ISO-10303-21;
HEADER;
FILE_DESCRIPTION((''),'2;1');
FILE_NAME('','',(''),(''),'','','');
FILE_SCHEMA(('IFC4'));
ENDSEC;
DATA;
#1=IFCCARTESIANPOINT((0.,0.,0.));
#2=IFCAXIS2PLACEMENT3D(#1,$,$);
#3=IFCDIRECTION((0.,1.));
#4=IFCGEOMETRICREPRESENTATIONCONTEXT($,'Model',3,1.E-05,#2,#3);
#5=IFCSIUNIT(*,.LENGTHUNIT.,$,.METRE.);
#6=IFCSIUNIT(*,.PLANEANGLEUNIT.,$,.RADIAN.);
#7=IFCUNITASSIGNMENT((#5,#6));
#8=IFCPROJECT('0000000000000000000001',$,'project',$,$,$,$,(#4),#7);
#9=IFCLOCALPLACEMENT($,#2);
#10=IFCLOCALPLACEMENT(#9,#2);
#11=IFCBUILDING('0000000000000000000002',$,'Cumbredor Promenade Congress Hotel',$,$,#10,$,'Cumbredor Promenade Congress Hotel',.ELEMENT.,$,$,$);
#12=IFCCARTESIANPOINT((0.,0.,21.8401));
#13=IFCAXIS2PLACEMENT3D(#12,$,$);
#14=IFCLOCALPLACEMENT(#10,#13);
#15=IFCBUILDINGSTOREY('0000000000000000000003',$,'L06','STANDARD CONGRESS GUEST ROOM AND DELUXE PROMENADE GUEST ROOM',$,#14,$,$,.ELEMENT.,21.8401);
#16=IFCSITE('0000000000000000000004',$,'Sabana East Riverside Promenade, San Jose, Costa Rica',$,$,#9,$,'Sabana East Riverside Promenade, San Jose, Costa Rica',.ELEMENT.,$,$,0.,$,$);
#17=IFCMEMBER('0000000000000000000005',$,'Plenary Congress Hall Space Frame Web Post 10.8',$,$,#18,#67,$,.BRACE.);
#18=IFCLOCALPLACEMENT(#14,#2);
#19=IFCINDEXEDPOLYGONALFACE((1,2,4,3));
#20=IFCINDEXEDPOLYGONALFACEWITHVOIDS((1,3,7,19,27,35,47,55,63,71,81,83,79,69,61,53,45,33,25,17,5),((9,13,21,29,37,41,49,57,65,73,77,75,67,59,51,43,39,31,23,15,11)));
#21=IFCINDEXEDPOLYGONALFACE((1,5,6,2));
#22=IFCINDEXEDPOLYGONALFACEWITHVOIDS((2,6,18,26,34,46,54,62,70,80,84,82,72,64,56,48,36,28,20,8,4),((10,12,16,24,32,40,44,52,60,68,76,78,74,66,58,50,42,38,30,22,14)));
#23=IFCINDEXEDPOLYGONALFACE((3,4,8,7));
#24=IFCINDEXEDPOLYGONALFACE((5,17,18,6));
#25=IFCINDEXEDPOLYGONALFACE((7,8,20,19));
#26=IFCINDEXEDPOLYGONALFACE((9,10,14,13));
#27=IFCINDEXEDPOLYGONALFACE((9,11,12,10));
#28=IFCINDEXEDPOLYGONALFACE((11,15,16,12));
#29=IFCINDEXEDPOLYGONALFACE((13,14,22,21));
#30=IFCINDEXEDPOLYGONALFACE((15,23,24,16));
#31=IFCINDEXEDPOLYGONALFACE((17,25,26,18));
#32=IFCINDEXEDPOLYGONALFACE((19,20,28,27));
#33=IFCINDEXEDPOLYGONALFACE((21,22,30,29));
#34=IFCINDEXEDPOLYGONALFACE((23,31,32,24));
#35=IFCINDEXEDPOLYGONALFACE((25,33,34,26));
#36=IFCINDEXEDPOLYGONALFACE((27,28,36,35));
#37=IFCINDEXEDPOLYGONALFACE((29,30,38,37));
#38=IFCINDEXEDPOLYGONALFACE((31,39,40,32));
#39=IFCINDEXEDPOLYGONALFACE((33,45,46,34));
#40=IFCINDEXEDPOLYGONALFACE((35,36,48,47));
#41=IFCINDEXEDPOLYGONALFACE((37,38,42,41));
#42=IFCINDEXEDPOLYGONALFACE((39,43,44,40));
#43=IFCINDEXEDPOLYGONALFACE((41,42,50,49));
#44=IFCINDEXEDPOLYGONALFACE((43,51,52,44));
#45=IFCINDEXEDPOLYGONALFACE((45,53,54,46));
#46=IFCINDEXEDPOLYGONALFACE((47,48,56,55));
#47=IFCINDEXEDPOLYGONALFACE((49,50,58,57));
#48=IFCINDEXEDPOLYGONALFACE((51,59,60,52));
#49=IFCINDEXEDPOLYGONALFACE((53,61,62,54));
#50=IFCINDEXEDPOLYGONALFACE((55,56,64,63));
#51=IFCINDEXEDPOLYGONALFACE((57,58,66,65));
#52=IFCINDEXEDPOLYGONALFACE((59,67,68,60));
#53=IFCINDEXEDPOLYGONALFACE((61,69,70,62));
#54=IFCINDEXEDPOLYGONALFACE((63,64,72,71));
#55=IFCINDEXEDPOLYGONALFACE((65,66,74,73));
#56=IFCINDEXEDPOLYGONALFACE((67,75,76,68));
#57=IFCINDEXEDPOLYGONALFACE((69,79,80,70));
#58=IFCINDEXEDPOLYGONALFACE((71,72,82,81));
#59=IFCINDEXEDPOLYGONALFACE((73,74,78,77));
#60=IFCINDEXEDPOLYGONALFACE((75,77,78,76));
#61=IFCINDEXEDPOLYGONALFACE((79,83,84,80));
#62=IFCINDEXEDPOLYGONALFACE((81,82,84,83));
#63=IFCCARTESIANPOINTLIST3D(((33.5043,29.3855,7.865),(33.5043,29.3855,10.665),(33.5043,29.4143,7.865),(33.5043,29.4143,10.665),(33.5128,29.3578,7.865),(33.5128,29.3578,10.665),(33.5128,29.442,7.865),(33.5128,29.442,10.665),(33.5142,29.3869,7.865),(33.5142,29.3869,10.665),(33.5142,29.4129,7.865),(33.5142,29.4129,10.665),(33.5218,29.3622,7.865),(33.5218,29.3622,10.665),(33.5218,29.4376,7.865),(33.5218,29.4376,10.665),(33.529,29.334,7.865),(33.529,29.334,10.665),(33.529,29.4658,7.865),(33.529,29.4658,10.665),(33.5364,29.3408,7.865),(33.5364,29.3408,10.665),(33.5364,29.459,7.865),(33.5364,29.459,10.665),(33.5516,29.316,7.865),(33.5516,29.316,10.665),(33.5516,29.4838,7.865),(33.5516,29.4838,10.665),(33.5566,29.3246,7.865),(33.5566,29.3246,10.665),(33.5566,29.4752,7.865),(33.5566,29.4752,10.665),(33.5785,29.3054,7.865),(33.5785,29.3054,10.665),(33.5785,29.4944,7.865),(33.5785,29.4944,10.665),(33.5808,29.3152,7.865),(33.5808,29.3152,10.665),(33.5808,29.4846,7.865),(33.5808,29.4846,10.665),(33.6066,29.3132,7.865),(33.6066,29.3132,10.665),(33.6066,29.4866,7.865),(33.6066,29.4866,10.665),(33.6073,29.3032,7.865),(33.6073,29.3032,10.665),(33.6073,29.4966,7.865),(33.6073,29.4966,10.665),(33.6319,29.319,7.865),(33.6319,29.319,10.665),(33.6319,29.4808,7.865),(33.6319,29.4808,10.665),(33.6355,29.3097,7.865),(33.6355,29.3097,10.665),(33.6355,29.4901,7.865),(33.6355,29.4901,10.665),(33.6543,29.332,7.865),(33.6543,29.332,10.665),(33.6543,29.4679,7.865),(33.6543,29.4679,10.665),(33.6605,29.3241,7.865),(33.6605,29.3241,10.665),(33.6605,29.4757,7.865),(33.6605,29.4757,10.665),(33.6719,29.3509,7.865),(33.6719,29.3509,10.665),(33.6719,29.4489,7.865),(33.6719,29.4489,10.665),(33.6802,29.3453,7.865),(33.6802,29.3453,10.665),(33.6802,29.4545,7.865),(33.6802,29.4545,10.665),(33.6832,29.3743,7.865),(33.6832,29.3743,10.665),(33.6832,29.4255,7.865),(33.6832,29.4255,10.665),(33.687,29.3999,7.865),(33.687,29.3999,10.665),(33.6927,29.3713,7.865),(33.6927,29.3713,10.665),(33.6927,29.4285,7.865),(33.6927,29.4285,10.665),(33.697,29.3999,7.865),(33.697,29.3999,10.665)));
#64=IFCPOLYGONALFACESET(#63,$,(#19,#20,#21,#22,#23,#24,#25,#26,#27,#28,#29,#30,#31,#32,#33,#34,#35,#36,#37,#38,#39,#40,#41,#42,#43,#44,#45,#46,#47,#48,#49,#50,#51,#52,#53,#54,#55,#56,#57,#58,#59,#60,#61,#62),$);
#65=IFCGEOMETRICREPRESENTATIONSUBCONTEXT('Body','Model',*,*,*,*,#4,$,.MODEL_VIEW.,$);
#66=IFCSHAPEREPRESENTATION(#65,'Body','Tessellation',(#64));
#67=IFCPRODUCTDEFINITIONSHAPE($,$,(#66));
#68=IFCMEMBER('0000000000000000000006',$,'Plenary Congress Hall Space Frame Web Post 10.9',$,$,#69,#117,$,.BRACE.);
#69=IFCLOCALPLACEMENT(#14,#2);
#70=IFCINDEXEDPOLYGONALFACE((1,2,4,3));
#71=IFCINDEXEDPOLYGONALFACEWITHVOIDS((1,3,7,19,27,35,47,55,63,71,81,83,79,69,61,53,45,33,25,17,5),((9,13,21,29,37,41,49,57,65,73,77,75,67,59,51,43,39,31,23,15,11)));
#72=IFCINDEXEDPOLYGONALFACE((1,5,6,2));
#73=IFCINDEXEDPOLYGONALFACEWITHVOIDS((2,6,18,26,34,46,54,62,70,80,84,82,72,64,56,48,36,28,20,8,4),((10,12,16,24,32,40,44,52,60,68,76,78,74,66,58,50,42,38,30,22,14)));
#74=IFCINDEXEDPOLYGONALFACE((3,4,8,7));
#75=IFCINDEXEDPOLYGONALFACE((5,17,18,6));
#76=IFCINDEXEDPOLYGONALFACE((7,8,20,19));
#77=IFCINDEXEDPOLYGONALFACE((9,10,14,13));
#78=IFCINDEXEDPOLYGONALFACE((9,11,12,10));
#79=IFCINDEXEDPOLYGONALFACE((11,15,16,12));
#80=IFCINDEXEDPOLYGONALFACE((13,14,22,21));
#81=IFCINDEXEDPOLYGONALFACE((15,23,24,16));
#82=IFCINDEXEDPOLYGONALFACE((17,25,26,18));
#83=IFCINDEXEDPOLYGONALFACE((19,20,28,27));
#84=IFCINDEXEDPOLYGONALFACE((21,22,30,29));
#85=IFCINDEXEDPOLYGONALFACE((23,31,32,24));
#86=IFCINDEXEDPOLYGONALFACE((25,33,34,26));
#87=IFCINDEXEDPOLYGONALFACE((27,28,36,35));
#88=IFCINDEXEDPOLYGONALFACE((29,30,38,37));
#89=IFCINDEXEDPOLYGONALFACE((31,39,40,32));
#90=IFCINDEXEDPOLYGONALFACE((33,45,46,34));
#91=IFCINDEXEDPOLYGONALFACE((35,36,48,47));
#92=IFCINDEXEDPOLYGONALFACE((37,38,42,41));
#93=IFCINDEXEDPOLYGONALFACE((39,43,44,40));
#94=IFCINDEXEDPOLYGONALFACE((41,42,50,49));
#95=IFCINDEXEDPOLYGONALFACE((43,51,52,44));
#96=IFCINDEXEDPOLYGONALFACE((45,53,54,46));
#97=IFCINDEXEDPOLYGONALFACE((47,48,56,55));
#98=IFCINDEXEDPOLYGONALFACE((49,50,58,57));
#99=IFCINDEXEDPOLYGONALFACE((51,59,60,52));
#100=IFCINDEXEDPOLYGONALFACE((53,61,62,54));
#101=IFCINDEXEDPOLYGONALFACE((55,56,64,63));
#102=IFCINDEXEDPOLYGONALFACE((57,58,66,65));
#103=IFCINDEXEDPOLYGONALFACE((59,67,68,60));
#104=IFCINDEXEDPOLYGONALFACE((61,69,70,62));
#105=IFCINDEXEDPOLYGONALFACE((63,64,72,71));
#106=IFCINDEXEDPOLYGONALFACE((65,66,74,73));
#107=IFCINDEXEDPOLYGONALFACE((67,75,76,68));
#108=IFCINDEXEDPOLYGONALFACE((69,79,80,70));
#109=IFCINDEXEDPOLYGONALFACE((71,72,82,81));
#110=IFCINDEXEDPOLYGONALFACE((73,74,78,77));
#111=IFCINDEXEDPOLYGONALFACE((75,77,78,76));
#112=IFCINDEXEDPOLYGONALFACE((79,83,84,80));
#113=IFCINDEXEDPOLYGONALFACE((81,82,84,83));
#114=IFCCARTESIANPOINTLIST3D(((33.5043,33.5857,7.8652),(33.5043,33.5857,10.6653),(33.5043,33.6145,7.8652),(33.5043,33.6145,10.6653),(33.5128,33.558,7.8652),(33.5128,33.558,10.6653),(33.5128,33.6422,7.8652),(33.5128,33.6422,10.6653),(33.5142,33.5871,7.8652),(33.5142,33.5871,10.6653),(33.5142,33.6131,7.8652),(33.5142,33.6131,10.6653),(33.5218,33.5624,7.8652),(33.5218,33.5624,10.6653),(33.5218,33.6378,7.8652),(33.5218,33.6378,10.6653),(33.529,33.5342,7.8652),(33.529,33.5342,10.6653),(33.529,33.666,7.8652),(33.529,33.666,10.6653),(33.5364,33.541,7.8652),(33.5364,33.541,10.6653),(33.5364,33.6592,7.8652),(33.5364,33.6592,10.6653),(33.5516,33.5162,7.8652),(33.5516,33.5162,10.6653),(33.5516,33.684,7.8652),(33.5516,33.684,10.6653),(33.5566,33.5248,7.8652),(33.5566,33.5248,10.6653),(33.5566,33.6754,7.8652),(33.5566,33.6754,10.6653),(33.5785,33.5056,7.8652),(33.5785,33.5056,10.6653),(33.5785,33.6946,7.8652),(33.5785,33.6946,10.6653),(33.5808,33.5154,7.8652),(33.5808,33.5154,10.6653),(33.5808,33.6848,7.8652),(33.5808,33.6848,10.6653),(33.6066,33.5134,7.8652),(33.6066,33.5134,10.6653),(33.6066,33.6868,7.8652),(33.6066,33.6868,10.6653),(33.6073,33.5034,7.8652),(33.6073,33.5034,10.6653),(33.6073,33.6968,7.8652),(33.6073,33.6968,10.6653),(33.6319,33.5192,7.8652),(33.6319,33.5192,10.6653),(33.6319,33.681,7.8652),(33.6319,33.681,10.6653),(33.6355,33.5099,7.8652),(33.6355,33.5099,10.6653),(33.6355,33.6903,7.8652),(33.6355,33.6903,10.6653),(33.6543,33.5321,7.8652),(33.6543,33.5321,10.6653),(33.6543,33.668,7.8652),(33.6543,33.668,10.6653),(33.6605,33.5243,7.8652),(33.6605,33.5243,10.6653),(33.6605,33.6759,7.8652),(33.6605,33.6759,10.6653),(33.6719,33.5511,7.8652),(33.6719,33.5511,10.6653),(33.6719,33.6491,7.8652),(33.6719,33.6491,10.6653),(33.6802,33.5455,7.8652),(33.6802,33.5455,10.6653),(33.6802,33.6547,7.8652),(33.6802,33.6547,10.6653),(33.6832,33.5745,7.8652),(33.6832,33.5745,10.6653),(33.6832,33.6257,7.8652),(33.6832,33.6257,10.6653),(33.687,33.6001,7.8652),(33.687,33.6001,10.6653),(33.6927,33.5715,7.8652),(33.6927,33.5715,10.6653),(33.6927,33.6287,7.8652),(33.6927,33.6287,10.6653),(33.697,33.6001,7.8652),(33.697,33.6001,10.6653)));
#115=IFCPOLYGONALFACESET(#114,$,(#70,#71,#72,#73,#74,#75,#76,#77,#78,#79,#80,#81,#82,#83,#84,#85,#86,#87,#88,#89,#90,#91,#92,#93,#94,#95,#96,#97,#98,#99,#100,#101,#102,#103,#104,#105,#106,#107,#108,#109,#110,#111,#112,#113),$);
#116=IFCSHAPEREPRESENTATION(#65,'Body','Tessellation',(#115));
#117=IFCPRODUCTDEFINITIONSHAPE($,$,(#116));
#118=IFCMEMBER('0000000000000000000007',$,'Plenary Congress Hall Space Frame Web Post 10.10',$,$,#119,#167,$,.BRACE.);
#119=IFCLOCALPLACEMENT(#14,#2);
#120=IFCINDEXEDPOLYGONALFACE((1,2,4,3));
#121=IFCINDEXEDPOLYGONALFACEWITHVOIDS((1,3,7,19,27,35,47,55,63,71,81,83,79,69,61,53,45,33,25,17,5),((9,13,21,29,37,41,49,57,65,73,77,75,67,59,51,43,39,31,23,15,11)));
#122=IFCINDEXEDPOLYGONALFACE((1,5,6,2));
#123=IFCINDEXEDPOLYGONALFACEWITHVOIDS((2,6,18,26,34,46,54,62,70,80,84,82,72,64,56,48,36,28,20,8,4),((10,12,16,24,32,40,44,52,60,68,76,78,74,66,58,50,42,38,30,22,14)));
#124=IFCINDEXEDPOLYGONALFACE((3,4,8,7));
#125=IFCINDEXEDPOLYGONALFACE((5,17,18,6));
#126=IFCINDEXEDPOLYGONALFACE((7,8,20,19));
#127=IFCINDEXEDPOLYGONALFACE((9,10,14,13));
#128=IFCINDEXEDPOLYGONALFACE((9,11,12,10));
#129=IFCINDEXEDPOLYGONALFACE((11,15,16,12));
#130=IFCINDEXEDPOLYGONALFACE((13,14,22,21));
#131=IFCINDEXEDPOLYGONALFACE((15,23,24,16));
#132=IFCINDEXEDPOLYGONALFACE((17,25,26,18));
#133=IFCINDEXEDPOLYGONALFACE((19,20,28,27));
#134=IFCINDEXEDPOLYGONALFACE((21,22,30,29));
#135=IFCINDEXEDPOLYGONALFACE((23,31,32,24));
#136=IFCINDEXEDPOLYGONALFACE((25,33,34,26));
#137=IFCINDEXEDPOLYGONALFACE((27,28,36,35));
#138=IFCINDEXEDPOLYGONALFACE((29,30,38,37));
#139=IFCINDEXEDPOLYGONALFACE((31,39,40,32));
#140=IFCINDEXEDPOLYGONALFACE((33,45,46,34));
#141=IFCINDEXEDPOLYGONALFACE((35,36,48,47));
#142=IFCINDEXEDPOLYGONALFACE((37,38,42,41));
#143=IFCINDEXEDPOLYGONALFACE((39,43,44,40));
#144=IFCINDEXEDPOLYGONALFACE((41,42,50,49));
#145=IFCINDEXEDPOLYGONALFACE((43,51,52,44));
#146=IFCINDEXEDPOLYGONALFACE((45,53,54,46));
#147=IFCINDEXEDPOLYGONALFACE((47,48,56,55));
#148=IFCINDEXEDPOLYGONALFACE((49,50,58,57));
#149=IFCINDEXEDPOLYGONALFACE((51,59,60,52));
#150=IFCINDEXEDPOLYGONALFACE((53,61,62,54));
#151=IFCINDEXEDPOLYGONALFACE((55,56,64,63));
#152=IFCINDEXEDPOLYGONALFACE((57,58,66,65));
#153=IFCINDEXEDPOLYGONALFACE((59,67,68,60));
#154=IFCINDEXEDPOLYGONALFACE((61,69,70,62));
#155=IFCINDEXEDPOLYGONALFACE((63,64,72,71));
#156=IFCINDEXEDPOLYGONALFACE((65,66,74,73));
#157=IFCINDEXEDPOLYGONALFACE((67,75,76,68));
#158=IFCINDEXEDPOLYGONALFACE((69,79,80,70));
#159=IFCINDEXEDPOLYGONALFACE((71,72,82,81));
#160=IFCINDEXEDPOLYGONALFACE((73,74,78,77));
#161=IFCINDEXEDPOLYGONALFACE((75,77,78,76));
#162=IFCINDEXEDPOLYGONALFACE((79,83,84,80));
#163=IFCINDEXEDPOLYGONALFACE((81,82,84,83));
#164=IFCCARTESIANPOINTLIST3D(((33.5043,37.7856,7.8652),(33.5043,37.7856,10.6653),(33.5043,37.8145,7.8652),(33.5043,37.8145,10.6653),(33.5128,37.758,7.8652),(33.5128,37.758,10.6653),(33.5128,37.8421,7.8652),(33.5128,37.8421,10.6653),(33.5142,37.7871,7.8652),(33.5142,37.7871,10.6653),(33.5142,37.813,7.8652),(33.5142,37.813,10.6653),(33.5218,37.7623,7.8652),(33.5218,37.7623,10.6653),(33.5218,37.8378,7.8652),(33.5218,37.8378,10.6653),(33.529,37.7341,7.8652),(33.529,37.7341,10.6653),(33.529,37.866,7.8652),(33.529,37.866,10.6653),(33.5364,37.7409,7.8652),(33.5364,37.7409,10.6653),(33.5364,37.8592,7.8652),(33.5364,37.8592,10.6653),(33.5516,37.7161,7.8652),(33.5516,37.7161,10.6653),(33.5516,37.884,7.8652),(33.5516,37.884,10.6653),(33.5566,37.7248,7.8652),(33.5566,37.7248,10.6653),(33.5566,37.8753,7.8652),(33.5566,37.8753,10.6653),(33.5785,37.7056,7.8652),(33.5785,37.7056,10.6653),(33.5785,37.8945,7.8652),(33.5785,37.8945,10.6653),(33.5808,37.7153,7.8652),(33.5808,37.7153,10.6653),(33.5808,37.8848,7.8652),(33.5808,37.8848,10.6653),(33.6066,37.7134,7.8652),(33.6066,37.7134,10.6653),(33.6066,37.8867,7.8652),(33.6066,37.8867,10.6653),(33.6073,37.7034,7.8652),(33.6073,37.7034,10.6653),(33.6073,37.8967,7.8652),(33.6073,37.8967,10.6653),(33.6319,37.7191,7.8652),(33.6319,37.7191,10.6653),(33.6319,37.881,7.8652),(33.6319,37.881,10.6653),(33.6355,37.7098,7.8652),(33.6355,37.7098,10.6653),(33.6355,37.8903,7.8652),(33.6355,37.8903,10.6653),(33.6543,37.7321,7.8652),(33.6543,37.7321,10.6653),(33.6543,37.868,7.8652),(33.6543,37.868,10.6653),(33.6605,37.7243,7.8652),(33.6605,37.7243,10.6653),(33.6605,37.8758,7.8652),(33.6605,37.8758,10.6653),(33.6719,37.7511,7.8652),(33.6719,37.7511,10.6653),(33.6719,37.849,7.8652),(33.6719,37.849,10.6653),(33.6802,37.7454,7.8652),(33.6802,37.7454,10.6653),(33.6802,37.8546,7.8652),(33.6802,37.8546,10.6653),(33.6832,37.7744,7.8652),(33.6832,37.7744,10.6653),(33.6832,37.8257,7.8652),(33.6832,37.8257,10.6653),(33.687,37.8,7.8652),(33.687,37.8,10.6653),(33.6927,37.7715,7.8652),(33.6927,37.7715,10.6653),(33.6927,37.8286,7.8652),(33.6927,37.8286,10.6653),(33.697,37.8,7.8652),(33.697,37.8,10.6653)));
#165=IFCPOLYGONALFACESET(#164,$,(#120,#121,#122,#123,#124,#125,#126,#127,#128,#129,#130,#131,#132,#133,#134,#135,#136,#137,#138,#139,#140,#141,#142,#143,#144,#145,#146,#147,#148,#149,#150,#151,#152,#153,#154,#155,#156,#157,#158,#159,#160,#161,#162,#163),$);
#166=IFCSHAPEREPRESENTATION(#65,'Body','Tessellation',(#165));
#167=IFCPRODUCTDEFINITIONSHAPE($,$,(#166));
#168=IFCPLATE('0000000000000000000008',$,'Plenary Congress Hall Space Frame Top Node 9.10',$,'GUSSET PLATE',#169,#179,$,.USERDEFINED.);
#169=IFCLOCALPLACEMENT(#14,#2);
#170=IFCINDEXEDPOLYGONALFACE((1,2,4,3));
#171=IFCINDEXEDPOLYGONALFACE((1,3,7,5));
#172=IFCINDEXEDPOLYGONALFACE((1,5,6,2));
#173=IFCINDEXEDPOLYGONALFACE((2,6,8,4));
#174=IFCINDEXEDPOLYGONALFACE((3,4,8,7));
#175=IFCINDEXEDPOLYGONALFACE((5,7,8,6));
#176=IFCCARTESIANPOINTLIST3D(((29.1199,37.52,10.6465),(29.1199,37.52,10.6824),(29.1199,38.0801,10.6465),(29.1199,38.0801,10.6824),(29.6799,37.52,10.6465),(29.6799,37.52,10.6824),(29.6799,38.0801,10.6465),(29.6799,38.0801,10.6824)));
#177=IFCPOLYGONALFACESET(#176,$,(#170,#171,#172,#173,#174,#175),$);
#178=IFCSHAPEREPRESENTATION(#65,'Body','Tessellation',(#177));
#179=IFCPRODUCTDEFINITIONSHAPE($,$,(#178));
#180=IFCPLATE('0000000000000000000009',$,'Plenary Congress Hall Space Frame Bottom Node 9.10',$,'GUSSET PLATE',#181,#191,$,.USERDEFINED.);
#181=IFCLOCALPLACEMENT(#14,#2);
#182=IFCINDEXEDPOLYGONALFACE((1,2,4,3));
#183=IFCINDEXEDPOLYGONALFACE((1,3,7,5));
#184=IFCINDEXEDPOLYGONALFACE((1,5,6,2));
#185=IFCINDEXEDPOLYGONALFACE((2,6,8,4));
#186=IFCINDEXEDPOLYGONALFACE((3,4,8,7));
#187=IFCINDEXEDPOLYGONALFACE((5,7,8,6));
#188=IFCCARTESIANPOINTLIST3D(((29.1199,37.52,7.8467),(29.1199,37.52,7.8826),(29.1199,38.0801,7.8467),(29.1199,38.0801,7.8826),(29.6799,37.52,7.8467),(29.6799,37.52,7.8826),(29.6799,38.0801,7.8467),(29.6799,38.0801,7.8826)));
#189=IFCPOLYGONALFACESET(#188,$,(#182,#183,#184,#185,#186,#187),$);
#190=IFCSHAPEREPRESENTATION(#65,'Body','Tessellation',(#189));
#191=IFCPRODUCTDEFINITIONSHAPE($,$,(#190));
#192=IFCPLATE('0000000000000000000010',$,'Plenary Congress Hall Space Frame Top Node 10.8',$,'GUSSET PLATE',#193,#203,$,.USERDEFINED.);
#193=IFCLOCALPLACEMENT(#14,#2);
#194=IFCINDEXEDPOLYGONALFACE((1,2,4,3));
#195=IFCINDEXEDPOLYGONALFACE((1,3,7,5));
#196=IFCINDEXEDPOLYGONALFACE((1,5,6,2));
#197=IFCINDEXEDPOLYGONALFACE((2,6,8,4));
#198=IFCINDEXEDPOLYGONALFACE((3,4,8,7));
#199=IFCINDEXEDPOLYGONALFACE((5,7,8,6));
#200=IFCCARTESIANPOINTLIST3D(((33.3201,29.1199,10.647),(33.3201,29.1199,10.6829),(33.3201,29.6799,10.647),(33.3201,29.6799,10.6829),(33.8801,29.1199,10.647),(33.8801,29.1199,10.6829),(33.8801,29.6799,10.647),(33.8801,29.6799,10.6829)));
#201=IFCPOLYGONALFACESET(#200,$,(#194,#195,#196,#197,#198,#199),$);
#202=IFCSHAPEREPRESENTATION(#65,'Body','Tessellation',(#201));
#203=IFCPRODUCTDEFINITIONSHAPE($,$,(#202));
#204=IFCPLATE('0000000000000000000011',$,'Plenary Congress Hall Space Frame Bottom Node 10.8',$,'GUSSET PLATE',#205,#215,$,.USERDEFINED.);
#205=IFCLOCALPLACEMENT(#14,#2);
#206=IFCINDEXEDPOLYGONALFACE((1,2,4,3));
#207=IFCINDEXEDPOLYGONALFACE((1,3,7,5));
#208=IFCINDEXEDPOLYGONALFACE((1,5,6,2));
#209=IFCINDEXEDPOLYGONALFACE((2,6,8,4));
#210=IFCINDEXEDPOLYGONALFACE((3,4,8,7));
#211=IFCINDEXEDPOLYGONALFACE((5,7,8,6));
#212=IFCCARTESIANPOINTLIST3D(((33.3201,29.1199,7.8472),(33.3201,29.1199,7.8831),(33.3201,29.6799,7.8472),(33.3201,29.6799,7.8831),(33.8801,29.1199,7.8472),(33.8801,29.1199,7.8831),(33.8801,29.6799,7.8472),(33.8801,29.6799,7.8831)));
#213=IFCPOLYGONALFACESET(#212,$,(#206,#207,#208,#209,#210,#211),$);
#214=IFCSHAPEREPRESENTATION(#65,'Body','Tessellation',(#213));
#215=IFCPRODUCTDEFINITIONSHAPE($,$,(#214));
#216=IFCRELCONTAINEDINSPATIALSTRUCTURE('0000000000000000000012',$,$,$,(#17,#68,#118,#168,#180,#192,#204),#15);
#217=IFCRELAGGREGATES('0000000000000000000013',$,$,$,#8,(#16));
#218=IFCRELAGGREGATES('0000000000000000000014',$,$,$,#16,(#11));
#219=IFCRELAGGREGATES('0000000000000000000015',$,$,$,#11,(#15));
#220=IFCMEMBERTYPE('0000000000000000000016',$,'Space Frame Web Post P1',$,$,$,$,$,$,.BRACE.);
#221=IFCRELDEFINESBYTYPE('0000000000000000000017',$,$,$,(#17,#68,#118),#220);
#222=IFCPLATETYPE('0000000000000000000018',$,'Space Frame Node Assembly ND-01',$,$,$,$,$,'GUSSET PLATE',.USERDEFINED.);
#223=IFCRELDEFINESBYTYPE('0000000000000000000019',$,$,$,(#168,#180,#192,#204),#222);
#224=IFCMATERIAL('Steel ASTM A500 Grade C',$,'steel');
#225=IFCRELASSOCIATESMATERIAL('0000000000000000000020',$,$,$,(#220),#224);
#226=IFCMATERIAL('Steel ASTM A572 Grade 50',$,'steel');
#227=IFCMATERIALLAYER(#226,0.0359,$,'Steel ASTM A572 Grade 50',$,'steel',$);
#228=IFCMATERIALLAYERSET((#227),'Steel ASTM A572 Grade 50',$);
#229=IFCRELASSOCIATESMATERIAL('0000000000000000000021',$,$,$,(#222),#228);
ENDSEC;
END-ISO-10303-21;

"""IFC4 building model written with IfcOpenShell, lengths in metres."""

from ifc_helpers import new_model, si_unit, direction, frame, origin, origin_2d, place, context, subcontext, project, spatial, rectangle, hollow_circle, extrude, material, layer, layer_set, material_profile, profile_set, type_object, element, save


model = new_model("IFC4")

# Units and contexts
model_context = context("Model", 3, precision=1e-05, world=origin(), true_north=direction((0.0, 1.0)))
body_context = subcontext(model_context, "Body", "Model", "MODEL_VIEW")
ifc_project = project(units=[si_unit("LENGTHUNIT", "METRE"), si_unit("PLANEANGLEUNIT", "RADIAN")], contexts=[model_context])

# Site, building, storey
site_placement = place(None, origin())
site = spatial("IfcSite", under=ifc_project, at=site_placement, Name="Sabana East Riverside Promenade, San Jose, Costa Rica", LongName="Sabana East Riverside Promenade, San Jose, Costa Rica", CompositionType="ELEMENT", RefElevation=0.0)
building_placement = place(site_placement, origin())
building = spatial("IfcBuilding", under=site, at=building_placement, Name="Cumbredor Promenade Congress Hotel", LongName="Cumbredor Promenade Congress Hotel", CompositionType="ELEMENT")
storey_placement = place(building_placement, frame((0.0, 0.0, 21.8401)))
storey = spatial("IfcBuildingStorey", under=building, at=storey_placement, Name="L06", Description="STANDARD CONGRESS GUEST ROOM AND DELUXE PROMENADE GUEST ROOM", CompositionType="ELEMENT", Elevation=21.8401)

# Members
ifc_material_1 = material(Name="Steel ASTM A500 Grade C", Category="steel")
ifc_material_profile_1 = material_profile(ifc_material_1, hollow_circle(Radius=0.0969, WallThickness=0.01, at=origin_2d()), Name="CHS 193.7x10")
ifc_profile_set_1 = profile_set([ifc_material_profile_1], Name="Steel ASTM A500 Grade C")
member_type_1 = type_object("IfcMemberType", Name="Space Frame Web Post P1", PredefinedType="BRACE", material=ifc_profile_set_1)
for number, where, z_axis, x_axis, name in (
    (1, (33.6001, 29.3999, 7.865), (0.0, 0.0, 1.0), (1.0, 0.0, 0.0), "Plenary Congress Hall Space Frame Web Post 10.8"),
    (2, (33.6001, 33.6001, 7.8652), (0.0, 0.0, 1.0), (1.0, 0.0, 0.0), "Plenary Congress Hall Space Frame Web Post 10.9"),
    (3, (33.6001, 37.8, 7.8652), (0.0, 0.0, 1.0), (1.0, 0.0, 0.0), "Plenary Congress Hall Space Frame Web Post 10.10"),
):
    element("IfcMember", number, at=place(storey_placement, frame(where, z_axis=z_axis, x_axis=x_axis)), inside=storey, type_object=member_type_1, Name=name, PredefinedType="BRACE", context=body_context, shape_type="SweptSolid", body=[
        extrude(hollow_circle(Radius=0.0969, WallThickness=0.01, at=origin_2d()), origin(), (0.0, 0.0, 1.0), 2.8),
    ])

# Plates
ifc_material_2 = material(Name="Steel ASTM A572 Grade 50", Category="steel")
ifc_layer = layer(ifc_material_2, 0.0359, Name="Steel ASTM A572 Grade 50", Category="steel")
ifc_layer_set = layer_set([ifc_layer], Name="Steel ASTM A572 Grade 50")
plate_type = type_object("IfcPlateType", Name="Space Frame Node Assembly ND-01", ElementType="GUSSET PLATE", PredefinedType="USERDEFINED", material=ifc_layer_set)
for number, where, z_axis, x_axis, name in (
    (4, (29.3999, 37.8, 10.6465), (0.0, 0.0, 1.0), (1.0, 0.0, 0.0), "Plenary Congress Hall Space Frame Top Node 9.10"),
    (5, (29.3999, 37.8, 7.8467), (0.0, 0.0, 1.0), (1.0, 0.0, 0.0), "Plenary Congress Hall Space Frame Bottom Node 9.10"),
    (6, (33.6001, 29.3999, 10.647), (0.0, 0.0, 1.0), (1.0, 0.0, 0.0), "Plenary Congress Hall Space Frame Top Node 10.8"),
    (7, (33.6001, 29.3999, 7.8472), (0.0, 0.0, 1.0), (1.0, 0.0, 0.0), "Plenary Congress Hall Space Frame Bottom Node 10.8"),
):
    element("IfcPlate", number, at=place(storey_placement, frame(where, z_axis=z_axis, x_axis=x_axis)), inside=storey, type_object=plate_type, Name=name, ObjectType="GUSSET PLATE", PredefinedType="USERDEFINED", context=body_context, shape_type="SweptSolid", body=[
        extrude(rectangle(XDim=0.5601, YDim=0.5601, at=origin_2d()), origin(), (0.0, 0.0, 1.0), 0.0359),
    ])

save(model, "model.ifc")
